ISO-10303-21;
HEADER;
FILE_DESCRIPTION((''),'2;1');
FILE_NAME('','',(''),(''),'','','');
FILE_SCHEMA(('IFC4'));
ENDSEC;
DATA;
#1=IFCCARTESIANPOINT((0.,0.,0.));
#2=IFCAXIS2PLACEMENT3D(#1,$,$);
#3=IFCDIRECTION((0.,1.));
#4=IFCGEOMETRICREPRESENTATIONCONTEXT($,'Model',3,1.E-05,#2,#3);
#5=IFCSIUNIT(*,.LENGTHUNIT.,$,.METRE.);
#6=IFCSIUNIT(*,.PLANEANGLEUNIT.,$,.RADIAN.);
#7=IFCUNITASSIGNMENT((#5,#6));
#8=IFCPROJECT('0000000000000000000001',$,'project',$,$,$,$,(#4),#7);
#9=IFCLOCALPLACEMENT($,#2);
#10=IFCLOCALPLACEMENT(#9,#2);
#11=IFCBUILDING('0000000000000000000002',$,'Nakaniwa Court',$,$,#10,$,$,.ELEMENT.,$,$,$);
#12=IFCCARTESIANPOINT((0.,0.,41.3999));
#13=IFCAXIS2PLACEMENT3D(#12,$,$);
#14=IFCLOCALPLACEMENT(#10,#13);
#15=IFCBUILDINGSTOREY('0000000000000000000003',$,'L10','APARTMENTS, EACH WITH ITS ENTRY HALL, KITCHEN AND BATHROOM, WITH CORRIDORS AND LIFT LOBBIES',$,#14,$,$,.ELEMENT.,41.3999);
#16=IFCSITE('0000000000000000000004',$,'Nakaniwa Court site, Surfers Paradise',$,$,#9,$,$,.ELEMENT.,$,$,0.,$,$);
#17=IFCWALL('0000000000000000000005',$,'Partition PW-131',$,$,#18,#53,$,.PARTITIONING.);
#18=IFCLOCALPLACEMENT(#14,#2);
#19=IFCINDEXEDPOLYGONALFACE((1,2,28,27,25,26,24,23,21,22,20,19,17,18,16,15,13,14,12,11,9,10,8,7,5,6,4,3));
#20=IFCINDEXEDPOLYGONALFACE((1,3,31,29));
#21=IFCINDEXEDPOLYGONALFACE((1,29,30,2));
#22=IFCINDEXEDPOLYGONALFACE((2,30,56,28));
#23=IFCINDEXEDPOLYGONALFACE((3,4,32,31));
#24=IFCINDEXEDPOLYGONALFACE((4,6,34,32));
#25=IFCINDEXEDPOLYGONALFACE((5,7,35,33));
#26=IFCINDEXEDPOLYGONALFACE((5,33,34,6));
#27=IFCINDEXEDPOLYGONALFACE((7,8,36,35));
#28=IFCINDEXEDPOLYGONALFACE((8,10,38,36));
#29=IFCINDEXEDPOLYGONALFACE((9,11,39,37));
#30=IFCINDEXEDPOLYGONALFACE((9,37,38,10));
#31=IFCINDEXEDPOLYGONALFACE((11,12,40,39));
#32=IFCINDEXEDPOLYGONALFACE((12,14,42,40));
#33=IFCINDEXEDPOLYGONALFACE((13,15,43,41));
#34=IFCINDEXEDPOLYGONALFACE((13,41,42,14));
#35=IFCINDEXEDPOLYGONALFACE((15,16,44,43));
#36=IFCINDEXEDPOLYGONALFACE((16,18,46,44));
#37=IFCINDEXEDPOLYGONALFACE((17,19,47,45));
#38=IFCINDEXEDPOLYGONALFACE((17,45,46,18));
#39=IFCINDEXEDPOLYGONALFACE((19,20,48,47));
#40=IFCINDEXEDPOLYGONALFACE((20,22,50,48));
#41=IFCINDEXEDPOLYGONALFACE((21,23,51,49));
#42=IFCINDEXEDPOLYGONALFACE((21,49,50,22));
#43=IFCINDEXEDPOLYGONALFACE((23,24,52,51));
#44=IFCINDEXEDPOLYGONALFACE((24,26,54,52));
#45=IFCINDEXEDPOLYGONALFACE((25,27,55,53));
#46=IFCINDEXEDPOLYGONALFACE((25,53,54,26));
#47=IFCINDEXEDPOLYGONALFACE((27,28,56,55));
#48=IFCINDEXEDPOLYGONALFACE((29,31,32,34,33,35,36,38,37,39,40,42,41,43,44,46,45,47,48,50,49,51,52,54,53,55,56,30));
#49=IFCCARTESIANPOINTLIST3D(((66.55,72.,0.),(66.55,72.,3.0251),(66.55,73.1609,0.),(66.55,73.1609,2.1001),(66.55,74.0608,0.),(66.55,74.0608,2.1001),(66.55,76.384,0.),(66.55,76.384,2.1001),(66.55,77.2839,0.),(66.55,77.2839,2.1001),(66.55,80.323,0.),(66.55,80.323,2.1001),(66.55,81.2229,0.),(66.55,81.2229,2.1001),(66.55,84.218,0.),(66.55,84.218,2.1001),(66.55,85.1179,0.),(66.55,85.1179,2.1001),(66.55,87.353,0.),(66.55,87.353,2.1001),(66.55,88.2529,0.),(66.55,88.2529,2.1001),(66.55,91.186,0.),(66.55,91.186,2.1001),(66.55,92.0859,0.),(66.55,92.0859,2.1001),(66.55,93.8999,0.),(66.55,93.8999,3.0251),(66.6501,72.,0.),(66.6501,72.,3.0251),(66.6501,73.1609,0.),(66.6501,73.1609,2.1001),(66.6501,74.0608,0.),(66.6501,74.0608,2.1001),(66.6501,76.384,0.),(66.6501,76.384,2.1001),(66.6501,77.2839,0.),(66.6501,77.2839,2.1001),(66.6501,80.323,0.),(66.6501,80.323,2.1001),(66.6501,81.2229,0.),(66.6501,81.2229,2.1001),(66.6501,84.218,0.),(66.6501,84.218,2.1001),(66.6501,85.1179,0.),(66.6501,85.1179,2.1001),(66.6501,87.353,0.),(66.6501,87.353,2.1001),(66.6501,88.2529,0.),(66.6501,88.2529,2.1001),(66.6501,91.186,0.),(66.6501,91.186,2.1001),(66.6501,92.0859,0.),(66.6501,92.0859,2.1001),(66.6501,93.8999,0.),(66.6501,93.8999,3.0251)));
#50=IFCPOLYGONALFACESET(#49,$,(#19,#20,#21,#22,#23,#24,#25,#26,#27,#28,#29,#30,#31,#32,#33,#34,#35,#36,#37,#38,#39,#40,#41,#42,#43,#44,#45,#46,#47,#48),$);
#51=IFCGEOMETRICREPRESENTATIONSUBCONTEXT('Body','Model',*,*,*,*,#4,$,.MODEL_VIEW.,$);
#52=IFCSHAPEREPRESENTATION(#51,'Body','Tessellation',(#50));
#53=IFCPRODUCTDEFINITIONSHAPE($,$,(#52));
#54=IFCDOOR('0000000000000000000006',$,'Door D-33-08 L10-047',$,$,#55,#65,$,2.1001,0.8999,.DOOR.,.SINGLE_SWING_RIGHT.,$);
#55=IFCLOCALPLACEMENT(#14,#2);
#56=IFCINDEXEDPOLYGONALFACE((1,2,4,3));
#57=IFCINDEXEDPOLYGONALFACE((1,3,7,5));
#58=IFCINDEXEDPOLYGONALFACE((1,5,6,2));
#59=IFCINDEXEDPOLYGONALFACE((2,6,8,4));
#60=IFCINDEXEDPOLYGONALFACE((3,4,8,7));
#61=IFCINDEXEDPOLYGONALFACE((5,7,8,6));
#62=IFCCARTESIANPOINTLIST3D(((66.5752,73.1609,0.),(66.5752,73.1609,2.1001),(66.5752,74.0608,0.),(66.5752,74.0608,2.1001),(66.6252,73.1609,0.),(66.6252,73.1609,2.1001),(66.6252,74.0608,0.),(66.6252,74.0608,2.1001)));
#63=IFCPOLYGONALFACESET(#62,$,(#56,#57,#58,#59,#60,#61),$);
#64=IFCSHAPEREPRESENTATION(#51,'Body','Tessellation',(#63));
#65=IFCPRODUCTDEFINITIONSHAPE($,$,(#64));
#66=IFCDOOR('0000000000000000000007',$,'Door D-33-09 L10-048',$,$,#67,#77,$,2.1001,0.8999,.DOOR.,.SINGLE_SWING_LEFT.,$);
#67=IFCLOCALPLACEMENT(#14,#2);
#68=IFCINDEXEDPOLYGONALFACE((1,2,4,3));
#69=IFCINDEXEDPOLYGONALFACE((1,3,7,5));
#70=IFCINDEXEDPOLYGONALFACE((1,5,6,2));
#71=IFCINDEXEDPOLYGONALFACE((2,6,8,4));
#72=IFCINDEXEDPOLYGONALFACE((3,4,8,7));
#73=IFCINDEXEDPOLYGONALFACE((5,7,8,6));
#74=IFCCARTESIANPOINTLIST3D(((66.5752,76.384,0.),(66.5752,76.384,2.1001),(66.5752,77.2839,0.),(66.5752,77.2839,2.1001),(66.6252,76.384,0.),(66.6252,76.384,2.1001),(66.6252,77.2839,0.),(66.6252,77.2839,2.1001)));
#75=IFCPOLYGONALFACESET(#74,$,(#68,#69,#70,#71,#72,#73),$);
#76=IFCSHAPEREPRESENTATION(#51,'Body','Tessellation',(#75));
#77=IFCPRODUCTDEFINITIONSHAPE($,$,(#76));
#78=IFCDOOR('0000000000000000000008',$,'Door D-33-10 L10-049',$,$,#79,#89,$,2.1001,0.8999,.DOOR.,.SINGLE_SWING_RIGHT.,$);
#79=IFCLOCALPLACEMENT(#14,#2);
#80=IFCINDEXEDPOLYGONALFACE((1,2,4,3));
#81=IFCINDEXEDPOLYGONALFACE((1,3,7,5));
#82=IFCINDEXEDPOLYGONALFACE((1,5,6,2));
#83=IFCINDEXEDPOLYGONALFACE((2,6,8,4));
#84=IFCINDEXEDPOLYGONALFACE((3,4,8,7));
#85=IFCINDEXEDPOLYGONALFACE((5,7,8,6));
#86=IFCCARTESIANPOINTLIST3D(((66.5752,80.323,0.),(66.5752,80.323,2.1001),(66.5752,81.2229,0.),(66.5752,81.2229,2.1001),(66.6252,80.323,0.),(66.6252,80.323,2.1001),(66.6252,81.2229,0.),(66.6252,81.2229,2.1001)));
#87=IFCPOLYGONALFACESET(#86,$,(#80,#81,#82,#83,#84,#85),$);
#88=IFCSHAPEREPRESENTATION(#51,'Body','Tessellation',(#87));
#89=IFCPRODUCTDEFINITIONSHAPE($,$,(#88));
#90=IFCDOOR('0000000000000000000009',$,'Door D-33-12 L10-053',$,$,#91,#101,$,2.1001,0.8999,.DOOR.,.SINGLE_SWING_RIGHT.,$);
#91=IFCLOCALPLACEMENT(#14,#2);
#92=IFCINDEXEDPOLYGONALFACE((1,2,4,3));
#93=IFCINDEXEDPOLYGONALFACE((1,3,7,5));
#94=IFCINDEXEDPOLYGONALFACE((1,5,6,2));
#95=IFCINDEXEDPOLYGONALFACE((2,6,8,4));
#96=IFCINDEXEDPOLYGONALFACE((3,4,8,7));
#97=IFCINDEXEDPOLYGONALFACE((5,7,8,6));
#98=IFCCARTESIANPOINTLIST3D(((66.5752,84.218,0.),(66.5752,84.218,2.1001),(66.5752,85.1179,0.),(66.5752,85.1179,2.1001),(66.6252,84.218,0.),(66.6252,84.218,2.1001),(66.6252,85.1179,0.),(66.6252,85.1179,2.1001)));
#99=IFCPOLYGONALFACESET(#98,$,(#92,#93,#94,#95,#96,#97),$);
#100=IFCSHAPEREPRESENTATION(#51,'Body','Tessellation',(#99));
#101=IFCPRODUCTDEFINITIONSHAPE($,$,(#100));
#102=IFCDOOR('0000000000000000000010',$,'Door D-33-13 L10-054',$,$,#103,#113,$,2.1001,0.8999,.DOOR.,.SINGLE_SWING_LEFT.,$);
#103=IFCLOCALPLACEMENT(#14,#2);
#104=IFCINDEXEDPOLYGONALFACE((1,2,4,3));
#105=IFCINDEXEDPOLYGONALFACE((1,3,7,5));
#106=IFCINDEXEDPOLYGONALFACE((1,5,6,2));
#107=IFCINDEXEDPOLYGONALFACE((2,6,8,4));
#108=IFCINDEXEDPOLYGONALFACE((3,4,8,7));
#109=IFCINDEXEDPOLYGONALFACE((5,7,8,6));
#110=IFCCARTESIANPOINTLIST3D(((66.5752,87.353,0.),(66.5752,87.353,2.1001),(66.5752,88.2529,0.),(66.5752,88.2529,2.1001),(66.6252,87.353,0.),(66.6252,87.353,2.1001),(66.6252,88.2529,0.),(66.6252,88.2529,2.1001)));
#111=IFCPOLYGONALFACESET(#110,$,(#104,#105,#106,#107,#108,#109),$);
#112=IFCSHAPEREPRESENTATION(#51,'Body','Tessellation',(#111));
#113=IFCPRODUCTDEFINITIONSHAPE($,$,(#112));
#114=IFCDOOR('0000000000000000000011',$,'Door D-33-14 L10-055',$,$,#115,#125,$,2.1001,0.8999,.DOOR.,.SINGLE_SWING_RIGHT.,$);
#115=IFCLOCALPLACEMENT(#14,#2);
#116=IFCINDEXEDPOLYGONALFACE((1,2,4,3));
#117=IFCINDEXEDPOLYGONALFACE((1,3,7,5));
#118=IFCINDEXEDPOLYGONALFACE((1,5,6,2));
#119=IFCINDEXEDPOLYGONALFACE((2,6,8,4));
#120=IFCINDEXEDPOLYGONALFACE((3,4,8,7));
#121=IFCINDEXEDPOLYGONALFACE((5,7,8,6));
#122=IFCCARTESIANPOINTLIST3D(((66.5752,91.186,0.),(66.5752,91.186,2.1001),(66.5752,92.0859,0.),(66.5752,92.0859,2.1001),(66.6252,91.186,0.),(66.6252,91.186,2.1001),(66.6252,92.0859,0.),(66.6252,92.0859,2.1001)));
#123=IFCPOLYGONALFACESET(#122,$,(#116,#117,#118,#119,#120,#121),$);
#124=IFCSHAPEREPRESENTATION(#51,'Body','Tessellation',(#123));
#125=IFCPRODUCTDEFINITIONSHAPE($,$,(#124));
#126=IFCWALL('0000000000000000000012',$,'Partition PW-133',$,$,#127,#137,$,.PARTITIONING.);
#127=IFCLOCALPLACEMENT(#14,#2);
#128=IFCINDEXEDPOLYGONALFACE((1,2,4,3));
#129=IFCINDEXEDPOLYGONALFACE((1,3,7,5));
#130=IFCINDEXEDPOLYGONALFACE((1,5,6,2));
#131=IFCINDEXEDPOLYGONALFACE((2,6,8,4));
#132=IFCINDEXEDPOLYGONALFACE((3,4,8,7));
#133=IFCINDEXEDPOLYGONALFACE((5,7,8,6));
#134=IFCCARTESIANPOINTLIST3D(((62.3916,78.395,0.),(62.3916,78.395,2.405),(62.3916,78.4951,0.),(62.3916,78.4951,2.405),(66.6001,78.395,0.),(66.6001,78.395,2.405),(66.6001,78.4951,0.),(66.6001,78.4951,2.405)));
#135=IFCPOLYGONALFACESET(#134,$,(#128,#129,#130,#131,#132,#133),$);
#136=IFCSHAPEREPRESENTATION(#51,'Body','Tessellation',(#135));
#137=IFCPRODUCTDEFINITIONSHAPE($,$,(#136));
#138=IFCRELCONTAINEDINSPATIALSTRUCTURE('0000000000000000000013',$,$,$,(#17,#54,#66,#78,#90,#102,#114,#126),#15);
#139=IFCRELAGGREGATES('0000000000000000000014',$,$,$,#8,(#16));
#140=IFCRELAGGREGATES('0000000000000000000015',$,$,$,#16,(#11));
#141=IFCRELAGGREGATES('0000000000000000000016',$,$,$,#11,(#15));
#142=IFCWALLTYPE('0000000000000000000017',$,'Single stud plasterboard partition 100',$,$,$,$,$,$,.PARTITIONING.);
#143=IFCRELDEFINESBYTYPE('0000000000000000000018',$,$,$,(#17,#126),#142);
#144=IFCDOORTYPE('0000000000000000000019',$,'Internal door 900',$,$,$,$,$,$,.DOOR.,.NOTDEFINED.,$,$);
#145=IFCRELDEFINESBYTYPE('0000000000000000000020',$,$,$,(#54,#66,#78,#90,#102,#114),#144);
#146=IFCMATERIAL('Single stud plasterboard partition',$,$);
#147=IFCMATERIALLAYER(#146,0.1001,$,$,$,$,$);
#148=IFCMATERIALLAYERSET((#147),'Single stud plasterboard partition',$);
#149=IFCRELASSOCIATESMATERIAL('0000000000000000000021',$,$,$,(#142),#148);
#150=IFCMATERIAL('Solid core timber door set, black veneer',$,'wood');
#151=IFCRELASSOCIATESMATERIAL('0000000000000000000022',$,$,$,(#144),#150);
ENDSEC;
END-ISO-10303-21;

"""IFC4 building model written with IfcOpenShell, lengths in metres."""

from ifc_helpers import new_model, si_unit, direction, frame, frame_2d, origin, place, context, subcontext, project, spatial, rectangle, extrude, material, layer, layer_set, type_object, element, fill, save


model = new_model("IFC4")

# Units and contexts
model_context = context("Model", 3, precision=1e-05, world=origin(), true_north=direction((0.0, 1.0)))
body_context = subcontext(model_context, "Body", "Model", "MODEL_VIEW")
ifc_project = project(units=[si_unit("LENGTHUNIT", "METRE"), si_unit("PLANEANGLEUNIT", "RADIAN")], contexts=[model_context])

# Site, building, storey
site_placement = place(None, origin())
site = spatial("IfcSite", under=ifc_project, at=site_placement, Name="Nakaniwa Court site, Surfers Paradise", CompositionType="ELEMENT", RefElevation=0.0)
building_placement = place(site_placement, origin())
building = spatial("IfcBuilding", under=site, at=building_placement, Name="Nakaniwa Court", CompositionType="ELEMENT")
storey_placement = place(building_placement, frame((0.0, 0.0, 41.3999)))
storey = spatial("IfcBuildingStorey", under=building, at=storey_placement, Name="L10", Description="APARTMENTS, EACH WITH ITS ENTRY HALL, KITCHEN AND BATHROOM, WITH CORRIDORS AND LIFT LOBBIES", CompositionType="ELEMENT", Elevation=41.3999)

# Shared definitions
ifc_material_1 = material(Name="Single stud plasterboard partition")
ifc_layer_1 = layer(ifc_material_1, 0.1001)
ifc_layer_set_1 = layer_set([ifc_layer_1], Name="Single stud plasterboard partition")
wall_type_1 = type_object("IfcWallType", Name="Single stud plasterboard partition 100", PredefinedType="PARTITIONING", material=ifc_layer_set_1)

# Wall, openings, doors
wall_1_placement = place(storey_placement, frame((66.6001, 72.0, 0.0), z_axis=(0.0, 0.0, 1.0), x_axis=(0.0, 1.0, 0.0)))
wall_1 = element("IfcWall", 1, at=wall_1_placement, inside=storey, type_object=wall_type_1, Name="Partition PW-131", PredefinedType="PARTITIONING", context=body_context, shape_type="SweptSolid", body=[
    extrude(rectangle(XDim=21.8999, YDim=0.1001, at=frame_2d((10.95, 0.0))), origin(), (0.0, 0.0, 1.0), 3.0251),
])
opening_1_placement = place(wall_1_placement, frame((1.1609, 0.0, 0.0)))
opening_1 = element("IfcOpeningElement", 2, at=opening_1_placement, cuts=wall_1, PredefinedType="OPENING", context=body_context, shape_type="SweptSolid", body=[
    extrude(rectangle(XDim=0.8999, YDim=2.1001, at=frame_2d((0.45, 1.05))), frame((0.0, 0.0601, 0.0), z_axis=(0.0, -1.0, 0.0), x_axis=(1.0, 0.0, 0.0)), (0.0, 0.0, 1.0), 0.1201),
])
opening_2_placement = place(wall_1_placement, frame((4.384, 0.0, 0.0)))
opening_2 = element("IfcOpeningElement", 3, at=opening_2_placement, cuts=wall_1, PredefinedType="OPENING", context=body_context, shape_type="SweptSolid", body=[
    extrude(rectangle(XDim=0.8999, YDim=2.1001, at=frame_2d((0.45, 1.05))), frame((0.0, 0.0601, 0.0), z_axis=(0.0, -1.0, 0.0), x_axis=(1.0, 0.0, 0.0)), (0.0, 0.0, 1.0), 0.1201),
])
opening_3_placement = place(wall_1_placement, frame((8.323, 0.0, 0.0)))
opening_3 = element("IfcOpeningElement", 4, at=opening_3_placement, cuts=wall_1, PredefinedType="OPENING", context=body_context, shape_type="SweptSolid", body=[
    extrude(rectangle(XDim=0.8999, YDim=2.1001, at=frame_2d((0.45, 1.05))), frame((0.0, 0.0601, 0.0), z_axis=(0.0, -1.0, 0.0), x_axis=(1.0, 0.0, 0.0)), (0.0, 0.0, 1.0), 0.1201),
])
opening_4_placement = place(wall_1_placement, frame((12.218, 0.0, 0.0)))
opening_4 = element("IfcOpeningElement", 5, at=opening_4_placement, cuts=wall_1, PredefinedType="OPENING", context=body_context, shape_type="SweptSolid", body=[
    extrude(rectangle(XDim=0.8999, YDim=2.1001, at=frame_2d((0.45, 1.05))), frame((0.0, 0.0601, 0.0), z_axis=(0.0, -1.0, 0.0), x_axis=(1.0, 0.0, 0.0)), (0.0, 0.0, 1.0), 0.1201),
])
opening_5_placement = place(wall_1_placement, frame((15.353, 0.0, 0.0)))
opening_5 = element("IfcOpeningElement", 6, at=opening_5_placement, cuts=wall_1, PredefinedType="OPENING", context=body_context, shape_type="SweptSolid", body=[
    extrude(rectangle(XDim=0.8999, YDim=2.1001, at=frame_2d((0.45, 1.05))), frame((0.0, 0.0601, 0.0), z_axis=(0.0, -1.0, 0.0), x_axis=(1.0, 0.0, 0.0)), (0.0, 0.0, 1.0), 0.1201),
])
opening_6_placement = place(wall_1_placement, frame((19.186, 0.0, 0.0)))
opening_6 = element("IfcOpeningElement", 7, at=opening_6_placement, cuts=wall_1, PredefinedType="OPENING", context=body_context, shape_type="SweptSolid", body=[
    extrude(rectangle(XDim=0.8999, YDim=2.1001, at=frame_2d((0.45, 1.05))), frame((0.0, 0.0601, 0.0), z_axis=(0.0, -1.0, 0.0), x_axis=(1.0, 0.0, 0.0)), (0.0, 0.0, 1.0), 0.1201),
])
ifc_material_2 = material(Name="Solid core timber door set, black veneer", Category="wood")
door_type = type_object("IfcDoorType", Name="Internal door 900", OperationType="NOTDEFINED", PredefinedType="DOOR", material=ifc_material_2)
door_1_placement = place(opening_1_placement, origin())
door_1 = element("IfcDoor", 8, at=door_1_placement, inside=storey, type_object=door_type, Name="Door D-33-08 L10-047", OperationType="SINGLE_SWING_RIGHT", OverallHeight=2.1001, OverallWidth=0.8999, PredefinedType="DOOR", context=body_context, shape_type="SweptSolid", body=[
    extrude(rectangle(XDim=0.8999, YDim=2.1001, at=frame_2d((0.45, 1.05))), frame((0.0, 0.0249, 0.0), z_axis=(0.0, -1.0, 0.0), x_axis=(1.0, 0.0, 0.0)), (0.0, 0.0, 1.0), 0.05),
])
fill(opening_1, door_1)
door_2_placement = place(opening_2_placement, origin())
door_2 = element("IfcDoor", 9, at=door_2_placement, inside=storey, type_object=door_type, Name="Door D-33-09 L10-048", OperationType="SINGLE_SWING_LEFT", OverallHeight=2.1001, OverallWidth=0.8999, PredefinedType="DOOR", context=body_context, shape_type="SweptSolid", body=[
    extrude(rectangle(XDim=0.8999, YDim=2.1001, at=frame_2d((0.45, 1.05))), frame((0.0, 0.0249, 0.0), z_axis=(0.0, -1.0, 0.0), x_axis=(1.0, 0.0, 0.0)), (0.0, 0.0, 1.0), 0.05),
])
fill(opening_2, door_2)
door_3_placement = place(opening_3_placement, origin())
door_3 = element("IfcDoor", 10, at=door_3_placement, inside=storey, type_object=door_type, Name="Door D-33-10 L10-049", OperationType="SINGLE_SWING_RIGHT", OverallHeight=2.1001, OverallWidth=0.8999, PredefinedType="DOOR", context=body_context, shape_type="SweptSolid", body=[
    extrude(rectangle(XDim=0.8999, YDim=2.1001, at=frame_2d((0.45, 1.05))), frame((0.0, 0.0249, 0.0), z_axis=(0.0, -1.0, 0.0), x_axis=(1.0, 0.0, 0.0)), (0.0, 0.0, 1.0), 0.05),
])
fill(opening_3, door_3)
door_4_placement = place(opening_4_placement, origin())
door_4 = element("IfcDoor", 11, at=door_4_placement, inside=storey, type_object=door_type, Name="Door D-33-12 L10-053", OperationType="SINGLE_SWING_RIGHT", OverallHeight=2.1001, OverallWidth=0.8999, PredefinedType="DOOR", context=body_context, shape_type="SweptSolid", body=[
    extrude(rectangle(XDim=0.8999, YDim=2.1001, at=frame_2d((0.45, 1.05))), frame((0.0, 0.0249, 0.0), z_axis=(0.0, -1.0, 0.0), x_axis=(1.0, 0.0, 0.0)), (0.0, 0.0, 1.0), 0.05),
])
fill(opening_4, door_4)
door_5_placement = place(opening_5_placement, origin())
door_5 = element("IfcDoor", 12, at=door_5_placement, inside=storey, type_object=door_type, Name="Door D-33-13 L10-054", OperationType="SINGLE_SWING_LEFT", OverallHeight=2.1001, OverallWidth=0.8999, PredefinedType="DOOR", context=body_context, shape_type="SweptSolid", body=[
    extrude(rectangle(XDim=0.8999, YDim=2.1001, at=frame_2d((0.45, 1.05))), frame((0.0, 0.0249, 0.0), z_axis=(0.0, -1.0, 0.0), x_axis=(1.0, 0.0, 0.0)), (0.0, 0.0, 1.0), 0.05),
])
fill(opening_5, door_5)
door_6_placement = place(opening_6_placement, origin())
door_6 = element("IfcDoor", 13, at=door_6_placement, inside=storey, type_object=door_type, Name="Door D-33-14 L10-055", OperationType="SINGLE_SWING_RIGHT", OverallHeight=2.1001, OverallWidth=0.8999, PredefinedType="DOOR", context=body_context, shape_type="SweptSolid", body=[
    extrude(rectangle(XDim=0.8999, YDim=2.1001, at=frame_2d((0.45, 1.05))), frame((0.0, 0.0249, 0.0), z_axis=(0.0, -1.0, 0.0), x_axis=(1.0, 0.0, 0.0)), (0.0, 0.0, 1.0), 0.05),
])
fill(opening_6, door_6)

# Wall
wall_2_placement = place(storey_placement, frame((62.3916, 78.4451, 0.0), z_axis=(0.0, 0.0, 1.0), x_axis=(1.0, 0.0, 0.0)))
element("IfcWall", 14, at=wall_2_placement, inside=storey, type_object=wall_type_1, Name="Partition PW-133", PredefinedType="PARTITIONING", context=body_context, shape_type="SweptSolid", body=[
    extrude(rectangle(XDim=4.2085, YDim=0.1001, at=frame_2d((2.1042, 0.0))), origin(), (0.0, 0.0, 1.0), 2.405),
])

save(model, "model.ifc")
